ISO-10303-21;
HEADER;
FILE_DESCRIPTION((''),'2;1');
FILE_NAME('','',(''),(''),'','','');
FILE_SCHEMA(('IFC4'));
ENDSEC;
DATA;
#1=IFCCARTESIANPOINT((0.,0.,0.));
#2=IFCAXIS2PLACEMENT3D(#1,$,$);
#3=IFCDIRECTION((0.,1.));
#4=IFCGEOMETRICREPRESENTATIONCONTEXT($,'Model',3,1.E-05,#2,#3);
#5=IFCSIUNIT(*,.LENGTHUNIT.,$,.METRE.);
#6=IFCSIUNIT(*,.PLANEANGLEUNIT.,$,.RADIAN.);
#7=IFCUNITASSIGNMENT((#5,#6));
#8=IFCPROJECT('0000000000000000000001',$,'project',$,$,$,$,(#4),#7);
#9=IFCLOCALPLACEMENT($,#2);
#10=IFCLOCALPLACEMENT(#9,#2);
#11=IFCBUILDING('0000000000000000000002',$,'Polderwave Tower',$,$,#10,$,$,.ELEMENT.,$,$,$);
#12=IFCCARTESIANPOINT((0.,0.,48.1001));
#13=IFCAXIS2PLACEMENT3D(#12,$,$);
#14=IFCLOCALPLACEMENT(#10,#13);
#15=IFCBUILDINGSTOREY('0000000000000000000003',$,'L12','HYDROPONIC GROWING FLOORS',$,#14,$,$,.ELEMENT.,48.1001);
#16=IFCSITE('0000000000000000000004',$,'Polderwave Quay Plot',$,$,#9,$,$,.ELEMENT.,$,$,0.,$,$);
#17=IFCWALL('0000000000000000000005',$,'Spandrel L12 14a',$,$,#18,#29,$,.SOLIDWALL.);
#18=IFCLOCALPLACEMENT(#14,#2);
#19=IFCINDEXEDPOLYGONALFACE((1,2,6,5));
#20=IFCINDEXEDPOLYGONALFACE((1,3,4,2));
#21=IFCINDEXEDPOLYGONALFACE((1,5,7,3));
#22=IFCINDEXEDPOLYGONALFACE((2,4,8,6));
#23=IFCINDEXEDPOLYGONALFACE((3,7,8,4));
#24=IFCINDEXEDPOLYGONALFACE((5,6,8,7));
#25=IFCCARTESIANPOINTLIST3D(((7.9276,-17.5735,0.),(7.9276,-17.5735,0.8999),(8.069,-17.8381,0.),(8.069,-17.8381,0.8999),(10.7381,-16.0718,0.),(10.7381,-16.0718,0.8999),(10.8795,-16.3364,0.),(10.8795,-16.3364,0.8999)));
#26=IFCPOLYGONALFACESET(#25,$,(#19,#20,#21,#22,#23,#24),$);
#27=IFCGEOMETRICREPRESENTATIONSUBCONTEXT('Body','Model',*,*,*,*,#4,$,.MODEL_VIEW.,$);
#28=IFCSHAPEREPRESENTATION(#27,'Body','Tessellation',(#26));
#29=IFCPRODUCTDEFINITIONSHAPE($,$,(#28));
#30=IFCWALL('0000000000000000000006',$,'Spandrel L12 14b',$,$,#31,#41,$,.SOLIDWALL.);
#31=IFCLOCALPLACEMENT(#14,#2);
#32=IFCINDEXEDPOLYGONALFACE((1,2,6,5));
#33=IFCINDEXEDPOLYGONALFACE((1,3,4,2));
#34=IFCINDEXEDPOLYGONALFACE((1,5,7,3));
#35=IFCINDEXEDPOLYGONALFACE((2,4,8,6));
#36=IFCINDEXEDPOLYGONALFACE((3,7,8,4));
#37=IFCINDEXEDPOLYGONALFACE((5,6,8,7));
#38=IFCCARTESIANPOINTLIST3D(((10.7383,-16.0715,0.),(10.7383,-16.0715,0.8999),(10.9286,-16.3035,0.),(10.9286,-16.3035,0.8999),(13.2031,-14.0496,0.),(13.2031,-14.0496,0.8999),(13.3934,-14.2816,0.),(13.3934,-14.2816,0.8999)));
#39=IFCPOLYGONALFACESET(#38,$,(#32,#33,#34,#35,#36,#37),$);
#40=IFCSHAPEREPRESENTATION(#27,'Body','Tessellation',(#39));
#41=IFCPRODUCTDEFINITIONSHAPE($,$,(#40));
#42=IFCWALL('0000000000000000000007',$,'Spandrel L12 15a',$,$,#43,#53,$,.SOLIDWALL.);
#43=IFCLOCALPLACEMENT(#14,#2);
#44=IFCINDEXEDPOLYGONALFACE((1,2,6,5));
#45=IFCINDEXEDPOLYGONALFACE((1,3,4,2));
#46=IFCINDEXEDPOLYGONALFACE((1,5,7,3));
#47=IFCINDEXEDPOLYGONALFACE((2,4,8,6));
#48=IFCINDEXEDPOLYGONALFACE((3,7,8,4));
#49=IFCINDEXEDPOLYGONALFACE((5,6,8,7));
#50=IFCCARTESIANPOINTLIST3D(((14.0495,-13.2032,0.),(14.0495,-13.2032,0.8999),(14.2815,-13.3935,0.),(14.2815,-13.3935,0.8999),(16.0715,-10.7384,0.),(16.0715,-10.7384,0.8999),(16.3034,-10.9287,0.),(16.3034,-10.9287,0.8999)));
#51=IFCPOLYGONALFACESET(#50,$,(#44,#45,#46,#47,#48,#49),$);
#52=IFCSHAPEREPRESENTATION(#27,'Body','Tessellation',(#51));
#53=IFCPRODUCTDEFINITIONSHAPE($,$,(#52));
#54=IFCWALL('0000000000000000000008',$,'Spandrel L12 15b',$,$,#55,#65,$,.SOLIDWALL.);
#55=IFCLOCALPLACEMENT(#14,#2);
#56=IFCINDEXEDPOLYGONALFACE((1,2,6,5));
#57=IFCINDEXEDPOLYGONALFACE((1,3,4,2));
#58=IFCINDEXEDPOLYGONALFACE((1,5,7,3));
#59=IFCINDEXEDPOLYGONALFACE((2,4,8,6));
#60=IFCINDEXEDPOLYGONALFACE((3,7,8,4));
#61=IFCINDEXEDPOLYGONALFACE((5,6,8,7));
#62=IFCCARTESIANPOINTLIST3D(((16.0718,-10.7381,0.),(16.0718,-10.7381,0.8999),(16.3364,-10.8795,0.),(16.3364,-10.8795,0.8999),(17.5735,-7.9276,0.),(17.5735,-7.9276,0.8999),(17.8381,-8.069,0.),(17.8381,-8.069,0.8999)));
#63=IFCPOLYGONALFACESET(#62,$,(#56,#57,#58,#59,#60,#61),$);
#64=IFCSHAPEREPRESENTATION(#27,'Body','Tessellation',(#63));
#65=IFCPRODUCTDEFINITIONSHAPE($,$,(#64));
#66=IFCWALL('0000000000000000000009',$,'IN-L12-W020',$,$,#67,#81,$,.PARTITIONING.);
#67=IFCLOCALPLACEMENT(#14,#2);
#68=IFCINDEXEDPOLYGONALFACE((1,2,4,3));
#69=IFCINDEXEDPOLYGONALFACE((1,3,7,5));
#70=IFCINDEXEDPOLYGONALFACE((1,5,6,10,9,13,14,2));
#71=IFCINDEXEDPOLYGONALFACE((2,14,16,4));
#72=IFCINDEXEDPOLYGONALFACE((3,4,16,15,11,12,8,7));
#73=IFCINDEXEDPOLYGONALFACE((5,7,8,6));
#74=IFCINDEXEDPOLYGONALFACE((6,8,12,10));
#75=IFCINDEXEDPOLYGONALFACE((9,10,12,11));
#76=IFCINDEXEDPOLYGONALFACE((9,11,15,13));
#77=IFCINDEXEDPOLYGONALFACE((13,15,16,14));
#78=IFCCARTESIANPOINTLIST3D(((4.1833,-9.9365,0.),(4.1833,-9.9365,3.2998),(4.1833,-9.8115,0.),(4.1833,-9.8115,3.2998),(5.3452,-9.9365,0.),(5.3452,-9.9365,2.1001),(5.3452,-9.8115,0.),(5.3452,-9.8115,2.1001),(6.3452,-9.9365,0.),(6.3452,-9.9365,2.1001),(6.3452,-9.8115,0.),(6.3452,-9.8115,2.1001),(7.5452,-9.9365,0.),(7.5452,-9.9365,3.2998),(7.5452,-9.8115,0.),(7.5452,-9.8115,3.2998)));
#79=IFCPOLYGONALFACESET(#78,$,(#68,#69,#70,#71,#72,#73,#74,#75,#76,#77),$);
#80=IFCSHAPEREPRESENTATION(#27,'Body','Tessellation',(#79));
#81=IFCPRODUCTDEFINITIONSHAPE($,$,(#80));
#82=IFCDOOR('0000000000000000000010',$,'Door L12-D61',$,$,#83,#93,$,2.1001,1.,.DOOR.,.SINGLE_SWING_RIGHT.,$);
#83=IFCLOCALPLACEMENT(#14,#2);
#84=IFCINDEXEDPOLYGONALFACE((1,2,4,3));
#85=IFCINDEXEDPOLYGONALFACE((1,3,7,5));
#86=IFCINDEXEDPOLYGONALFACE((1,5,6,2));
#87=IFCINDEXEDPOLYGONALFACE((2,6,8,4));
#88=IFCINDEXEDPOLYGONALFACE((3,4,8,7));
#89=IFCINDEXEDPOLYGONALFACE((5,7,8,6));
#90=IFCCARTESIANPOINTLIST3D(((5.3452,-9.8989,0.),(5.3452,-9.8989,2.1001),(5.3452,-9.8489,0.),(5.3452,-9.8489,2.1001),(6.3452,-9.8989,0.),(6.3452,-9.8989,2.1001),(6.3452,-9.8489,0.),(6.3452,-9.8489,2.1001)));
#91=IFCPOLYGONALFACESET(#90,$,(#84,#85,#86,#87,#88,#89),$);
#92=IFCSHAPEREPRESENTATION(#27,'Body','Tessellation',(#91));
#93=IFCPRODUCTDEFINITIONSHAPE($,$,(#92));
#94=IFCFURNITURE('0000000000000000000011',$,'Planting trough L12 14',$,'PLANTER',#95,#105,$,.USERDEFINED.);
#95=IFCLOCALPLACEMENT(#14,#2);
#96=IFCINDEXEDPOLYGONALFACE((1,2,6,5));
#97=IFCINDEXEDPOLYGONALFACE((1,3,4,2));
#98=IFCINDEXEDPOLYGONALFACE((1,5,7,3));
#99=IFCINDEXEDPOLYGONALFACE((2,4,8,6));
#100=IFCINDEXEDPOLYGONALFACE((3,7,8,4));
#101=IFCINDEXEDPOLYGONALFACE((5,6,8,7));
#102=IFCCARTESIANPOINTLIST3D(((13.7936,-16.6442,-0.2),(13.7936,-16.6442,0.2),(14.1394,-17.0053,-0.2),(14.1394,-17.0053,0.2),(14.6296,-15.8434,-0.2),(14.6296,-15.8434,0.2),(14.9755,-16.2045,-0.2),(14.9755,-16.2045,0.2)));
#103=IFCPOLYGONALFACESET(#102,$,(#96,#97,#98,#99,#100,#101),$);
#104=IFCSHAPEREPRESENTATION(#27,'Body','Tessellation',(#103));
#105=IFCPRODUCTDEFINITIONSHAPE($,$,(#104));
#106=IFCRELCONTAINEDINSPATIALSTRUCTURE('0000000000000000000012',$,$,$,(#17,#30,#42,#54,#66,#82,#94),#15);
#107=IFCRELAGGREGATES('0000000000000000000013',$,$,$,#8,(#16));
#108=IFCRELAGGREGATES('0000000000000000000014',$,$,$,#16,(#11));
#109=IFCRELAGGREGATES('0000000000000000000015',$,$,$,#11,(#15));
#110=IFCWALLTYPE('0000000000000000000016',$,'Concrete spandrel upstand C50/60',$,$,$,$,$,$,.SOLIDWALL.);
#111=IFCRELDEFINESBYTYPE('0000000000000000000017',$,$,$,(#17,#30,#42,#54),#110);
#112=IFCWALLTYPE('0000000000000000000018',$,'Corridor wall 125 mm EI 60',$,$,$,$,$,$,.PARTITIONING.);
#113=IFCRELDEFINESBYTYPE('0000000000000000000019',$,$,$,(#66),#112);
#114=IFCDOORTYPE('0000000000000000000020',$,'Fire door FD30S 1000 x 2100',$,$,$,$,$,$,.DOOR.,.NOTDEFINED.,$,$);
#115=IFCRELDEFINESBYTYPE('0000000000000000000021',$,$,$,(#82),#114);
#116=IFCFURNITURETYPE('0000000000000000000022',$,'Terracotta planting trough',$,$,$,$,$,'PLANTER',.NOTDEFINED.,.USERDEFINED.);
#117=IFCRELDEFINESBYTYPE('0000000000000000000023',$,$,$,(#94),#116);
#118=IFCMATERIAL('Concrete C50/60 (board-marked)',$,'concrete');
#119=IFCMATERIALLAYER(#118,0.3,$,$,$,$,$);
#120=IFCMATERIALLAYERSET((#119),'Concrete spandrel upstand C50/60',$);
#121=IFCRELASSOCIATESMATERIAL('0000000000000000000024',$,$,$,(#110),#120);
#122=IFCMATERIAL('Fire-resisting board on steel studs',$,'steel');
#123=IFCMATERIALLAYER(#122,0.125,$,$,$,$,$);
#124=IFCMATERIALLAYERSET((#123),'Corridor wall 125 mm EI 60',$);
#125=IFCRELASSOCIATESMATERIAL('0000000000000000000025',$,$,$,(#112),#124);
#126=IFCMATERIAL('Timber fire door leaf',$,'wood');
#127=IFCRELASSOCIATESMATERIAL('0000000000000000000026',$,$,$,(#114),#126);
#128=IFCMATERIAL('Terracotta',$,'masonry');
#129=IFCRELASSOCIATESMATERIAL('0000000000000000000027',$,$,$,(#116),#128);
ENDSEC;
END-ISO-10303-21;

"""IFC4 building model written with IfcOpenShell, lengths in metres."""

from ifc_helpers import new_model, si_unit, direction, frame, frame_2d, origin, origin_2d, place, context, subcontext, project, spatial, rectangle, extrude, material, layer, layer_set, type_object, element, fill, save


model = new_model("IFC4")

# Units and contexts
model_context = context("Model", 3, precision=1e-05, world=origin(), true_north=direction((0.0, 1.0)))
body_context = subcontext(model_context, "Body", "Model", "MODEL_VIEW")
ifc_project = project(units=[si_unit("LENGTHUNIT", "METRE"), si_unit("PLANEANGLEUNIT", "RADIAN")], contexts=[model_context])

# Site, building, storey
site_placement = place(None, origin())
site = spatial("IfcSite", under=ifc_project, at=site_placement, Name="Polderwave Quay Plot", CompositionType="ELEMENT", RefElevation=0.0)
building_placement = place(site_placement, origin())
building = spatial("IfcBuilding", under=site, at=building_placement, Name="Polderwave Tower", CompositionType="ELEMENT")
storey_placement = place(building_placement, frame((0.0, 0.0, 48.1001)))
storey = spatial("IfcBuildingStorey", under=building, at=storey_placement, Name="L12", Description="HYDROPONIC GROWING FLOORS", CompositionType="ELEMENT", Elevation=48.1001)

# Walls
ifc_material_1 = material(Name="Concrete C50/60 (board-marked)", Category="concrete")
ifc_layer_1 = layer(ifc_material_1, 0.3)
ifc_layer_set_1 = layer_set([ifc_layer_1], Name="Concrete spandrel upstand C50/60")
wall_type_1 = type_object("IfcWallType", Name="Concrete spandrel upstand C50/60", PredefinedType="SOLIDWALL", material=ifc_layer_set_1)
wall_1_placement = place(storey_placement, frame((7.9983, -17.7058, 0.0), z_axis=(0.0, 0.0, 1.0), x_axis=(0.881994, 0.47126, 0.0)))
element("IfcWall", 1, at=wall_1_placement, inside=storey, type_object=wall_type_1, Name="Spandrel L12 14a", PredefinedType="SOLIDWALL", context=body_context, shape_type="SweptSolid", body=[
    extrude(rectangle(XDim=3.1865, YDim=0.3, at=frame_2d((1.5933, 0.0))), origin(), (0.0, 0.0, 1.0), 0.8999),
])
for number, where, z_axis, x_axis, name in (
    (2, (10.8335, -16.1875, 0.0), (0.0, 0.0, 1.0), (0.773145, 0.63423, 0.0), "Spandrel L12 14b"),
    (3, (14.1655, -13.2983, 0.0), (0.0, 0.0, 1.0), (0.63423, 0.773145, 0.0), "Spandrel L12 15a"),
):
    element("IfcWall", number, at=place(storey_placement, frame(where, z_axis=z_axis, x_axis=x_axis)), inside=storey, type_object=wall_type_1, Name=name, PredefinedType="SOLIDWALL", context=body_context, shape_type="SweptSolid", body=[
        extrude(rectangle(XDim=3.188, YDim=0.3, at=frame_2d((1.594, 0.0))), origin(), (0.0, 0.0, 1.0), 0.8999),
    ])
wall_2_placement = place(storey_placement, frame((16.2041, -10.8088, 0.0), z_axis=(0.0, 0.0, 1.0), x_axis=(0.47126, 0.881994, 0.0)))
element("IfcWall", 4, at=wall_2_placement, inside=storey, type_object=wall_type_1, Name="Spandrel L12 15b", PredefinedType="SOLIDWALL", context=body_context, shape_type="SweptSolid", body=[
    extrude(rectangle(XDim=3.1865, YDim=0.3, at=frame_2d((1.5933, 0.0))), origin(), (0.0, 0.0, 1.0), 0.8999),
])

# Wall, opening, door
ifc_material_2 = material(Name="Fire-resisting board on steel studs", Category="steel")
ifc_layer_2 = layer(ifc_material_2, 0.125)
ifc_layer_set_2 = layer_set([ifc_layer_2], Name="Corridor wall 125 mm EI 60")
wall_type_2 = type_object("IfcWallType", Name="Corridor wall 125 mm EI 60", PredefinedType="PARTITIONING", material=ifc_layer_set_2)
wall_3_placement = place(storey_placement, frame((7.5452, -9.874, 0.0), z_axis=(0.0, 0.0, 1.0), x_axis=(-1.0, 0.0, 0.0)))
wall_3 = element("IfcWall", 5, at=wall_3_placement, inside=storey, type_object=wall_type_2, Name="IN-L12-W020", PredefinedType="PARTITIONING", context=body_context, shape_type="SweptSolid", body=[
    extrude(rectangle(XDim=3.3618, YDim=0.125, at=frame_2d((1.6809, 0.0))), origin(), (0.0, 0.0, 1.0), 3.2998),
])
opening_placement = place(wall_3_placement, frame((1.2, 0.0, 0.0)))
opening = element("IfcOpeningElement", 6, at=opening_placement, cuts=wall_3, PredefinedType="OPENING", context=body_context, shape_type="SweptSolid", body=[
    extrude(rectangle(XDim=1.0, YDim=2.1001, at=frame_2d((0.5, 1.05))), frame((0.0, 0.0725, 0.0), z_axis=(0.0, -1.0, 0.0), x_axis=(1.0, 0.0, 0.0)), (0.0, 0.0, 1.0), 0.145),
])
ifc_material_3 = material(Name="Timber fire door leaf", Category="wood")
door_type = type_object("IfcDoorType", Name="Fire door FD30S 1000 x 2100", OperationType="NOTDEFINED", PredefinedType="DOOR", material=ifc_material_3)
door_placement = place(opening_placement, origin())
door = element("IfcDoor", 7, at=door_placement, inside=storey, type_object=door_type, Name="Door L12-D61", OperationType="SINGLE_SWING_RIGHT", OverallHeight=2.1001, OverallWidth=1.0, PredefinedType="DOOR", context=body_context, shape_type="SweptSolid", body=[
    extrude(rectangle(XDim=1.0, YDim=2.1001, at=frame_2d((0.5, 1.05))), frame((0.0, 0.0249, 0.0), z_axis=(0.0, -1.0, 0.0), x_axis=(1.0, 0.0, 0.0)), (0.0, 0.0, 1.0), 0.05),
])
fill(opening, door)

# Furniture
ifc_material_4 = material(Name="Terracotta", Category="masonry")
furniture_type = type_object("IfcFurnitureType", Name="Terracotta planting trough", ElementType="PLANTER", AssemblyPlace="NOTDEFINED", PredefinedType="USERDEFINED", material=ifc_material_4)
furniture_placement = place(storey_placement, frame((14.3845, -16.4243, -0.2), z_axis=(0.0, 0.0, 1.0), x_axis=(0.72219, 0.691695, 0.0)))
element("IfcFurniture", 8, at=furniture_placement, inside=storey, type_object=furniture_type, Name="Planting trough L12 14", ObjectType="PLANTER", PredefinedType="USERDEFINED", context=body_context, shape_type="SweptSolid", body=[
    extrude(rectangle(XDim=1.1577, YDim=0.5, at=origin_2d()), origin(), (0.0, 0.0, 1.0), 0.3999),
])

save(model, "model.ifc")
